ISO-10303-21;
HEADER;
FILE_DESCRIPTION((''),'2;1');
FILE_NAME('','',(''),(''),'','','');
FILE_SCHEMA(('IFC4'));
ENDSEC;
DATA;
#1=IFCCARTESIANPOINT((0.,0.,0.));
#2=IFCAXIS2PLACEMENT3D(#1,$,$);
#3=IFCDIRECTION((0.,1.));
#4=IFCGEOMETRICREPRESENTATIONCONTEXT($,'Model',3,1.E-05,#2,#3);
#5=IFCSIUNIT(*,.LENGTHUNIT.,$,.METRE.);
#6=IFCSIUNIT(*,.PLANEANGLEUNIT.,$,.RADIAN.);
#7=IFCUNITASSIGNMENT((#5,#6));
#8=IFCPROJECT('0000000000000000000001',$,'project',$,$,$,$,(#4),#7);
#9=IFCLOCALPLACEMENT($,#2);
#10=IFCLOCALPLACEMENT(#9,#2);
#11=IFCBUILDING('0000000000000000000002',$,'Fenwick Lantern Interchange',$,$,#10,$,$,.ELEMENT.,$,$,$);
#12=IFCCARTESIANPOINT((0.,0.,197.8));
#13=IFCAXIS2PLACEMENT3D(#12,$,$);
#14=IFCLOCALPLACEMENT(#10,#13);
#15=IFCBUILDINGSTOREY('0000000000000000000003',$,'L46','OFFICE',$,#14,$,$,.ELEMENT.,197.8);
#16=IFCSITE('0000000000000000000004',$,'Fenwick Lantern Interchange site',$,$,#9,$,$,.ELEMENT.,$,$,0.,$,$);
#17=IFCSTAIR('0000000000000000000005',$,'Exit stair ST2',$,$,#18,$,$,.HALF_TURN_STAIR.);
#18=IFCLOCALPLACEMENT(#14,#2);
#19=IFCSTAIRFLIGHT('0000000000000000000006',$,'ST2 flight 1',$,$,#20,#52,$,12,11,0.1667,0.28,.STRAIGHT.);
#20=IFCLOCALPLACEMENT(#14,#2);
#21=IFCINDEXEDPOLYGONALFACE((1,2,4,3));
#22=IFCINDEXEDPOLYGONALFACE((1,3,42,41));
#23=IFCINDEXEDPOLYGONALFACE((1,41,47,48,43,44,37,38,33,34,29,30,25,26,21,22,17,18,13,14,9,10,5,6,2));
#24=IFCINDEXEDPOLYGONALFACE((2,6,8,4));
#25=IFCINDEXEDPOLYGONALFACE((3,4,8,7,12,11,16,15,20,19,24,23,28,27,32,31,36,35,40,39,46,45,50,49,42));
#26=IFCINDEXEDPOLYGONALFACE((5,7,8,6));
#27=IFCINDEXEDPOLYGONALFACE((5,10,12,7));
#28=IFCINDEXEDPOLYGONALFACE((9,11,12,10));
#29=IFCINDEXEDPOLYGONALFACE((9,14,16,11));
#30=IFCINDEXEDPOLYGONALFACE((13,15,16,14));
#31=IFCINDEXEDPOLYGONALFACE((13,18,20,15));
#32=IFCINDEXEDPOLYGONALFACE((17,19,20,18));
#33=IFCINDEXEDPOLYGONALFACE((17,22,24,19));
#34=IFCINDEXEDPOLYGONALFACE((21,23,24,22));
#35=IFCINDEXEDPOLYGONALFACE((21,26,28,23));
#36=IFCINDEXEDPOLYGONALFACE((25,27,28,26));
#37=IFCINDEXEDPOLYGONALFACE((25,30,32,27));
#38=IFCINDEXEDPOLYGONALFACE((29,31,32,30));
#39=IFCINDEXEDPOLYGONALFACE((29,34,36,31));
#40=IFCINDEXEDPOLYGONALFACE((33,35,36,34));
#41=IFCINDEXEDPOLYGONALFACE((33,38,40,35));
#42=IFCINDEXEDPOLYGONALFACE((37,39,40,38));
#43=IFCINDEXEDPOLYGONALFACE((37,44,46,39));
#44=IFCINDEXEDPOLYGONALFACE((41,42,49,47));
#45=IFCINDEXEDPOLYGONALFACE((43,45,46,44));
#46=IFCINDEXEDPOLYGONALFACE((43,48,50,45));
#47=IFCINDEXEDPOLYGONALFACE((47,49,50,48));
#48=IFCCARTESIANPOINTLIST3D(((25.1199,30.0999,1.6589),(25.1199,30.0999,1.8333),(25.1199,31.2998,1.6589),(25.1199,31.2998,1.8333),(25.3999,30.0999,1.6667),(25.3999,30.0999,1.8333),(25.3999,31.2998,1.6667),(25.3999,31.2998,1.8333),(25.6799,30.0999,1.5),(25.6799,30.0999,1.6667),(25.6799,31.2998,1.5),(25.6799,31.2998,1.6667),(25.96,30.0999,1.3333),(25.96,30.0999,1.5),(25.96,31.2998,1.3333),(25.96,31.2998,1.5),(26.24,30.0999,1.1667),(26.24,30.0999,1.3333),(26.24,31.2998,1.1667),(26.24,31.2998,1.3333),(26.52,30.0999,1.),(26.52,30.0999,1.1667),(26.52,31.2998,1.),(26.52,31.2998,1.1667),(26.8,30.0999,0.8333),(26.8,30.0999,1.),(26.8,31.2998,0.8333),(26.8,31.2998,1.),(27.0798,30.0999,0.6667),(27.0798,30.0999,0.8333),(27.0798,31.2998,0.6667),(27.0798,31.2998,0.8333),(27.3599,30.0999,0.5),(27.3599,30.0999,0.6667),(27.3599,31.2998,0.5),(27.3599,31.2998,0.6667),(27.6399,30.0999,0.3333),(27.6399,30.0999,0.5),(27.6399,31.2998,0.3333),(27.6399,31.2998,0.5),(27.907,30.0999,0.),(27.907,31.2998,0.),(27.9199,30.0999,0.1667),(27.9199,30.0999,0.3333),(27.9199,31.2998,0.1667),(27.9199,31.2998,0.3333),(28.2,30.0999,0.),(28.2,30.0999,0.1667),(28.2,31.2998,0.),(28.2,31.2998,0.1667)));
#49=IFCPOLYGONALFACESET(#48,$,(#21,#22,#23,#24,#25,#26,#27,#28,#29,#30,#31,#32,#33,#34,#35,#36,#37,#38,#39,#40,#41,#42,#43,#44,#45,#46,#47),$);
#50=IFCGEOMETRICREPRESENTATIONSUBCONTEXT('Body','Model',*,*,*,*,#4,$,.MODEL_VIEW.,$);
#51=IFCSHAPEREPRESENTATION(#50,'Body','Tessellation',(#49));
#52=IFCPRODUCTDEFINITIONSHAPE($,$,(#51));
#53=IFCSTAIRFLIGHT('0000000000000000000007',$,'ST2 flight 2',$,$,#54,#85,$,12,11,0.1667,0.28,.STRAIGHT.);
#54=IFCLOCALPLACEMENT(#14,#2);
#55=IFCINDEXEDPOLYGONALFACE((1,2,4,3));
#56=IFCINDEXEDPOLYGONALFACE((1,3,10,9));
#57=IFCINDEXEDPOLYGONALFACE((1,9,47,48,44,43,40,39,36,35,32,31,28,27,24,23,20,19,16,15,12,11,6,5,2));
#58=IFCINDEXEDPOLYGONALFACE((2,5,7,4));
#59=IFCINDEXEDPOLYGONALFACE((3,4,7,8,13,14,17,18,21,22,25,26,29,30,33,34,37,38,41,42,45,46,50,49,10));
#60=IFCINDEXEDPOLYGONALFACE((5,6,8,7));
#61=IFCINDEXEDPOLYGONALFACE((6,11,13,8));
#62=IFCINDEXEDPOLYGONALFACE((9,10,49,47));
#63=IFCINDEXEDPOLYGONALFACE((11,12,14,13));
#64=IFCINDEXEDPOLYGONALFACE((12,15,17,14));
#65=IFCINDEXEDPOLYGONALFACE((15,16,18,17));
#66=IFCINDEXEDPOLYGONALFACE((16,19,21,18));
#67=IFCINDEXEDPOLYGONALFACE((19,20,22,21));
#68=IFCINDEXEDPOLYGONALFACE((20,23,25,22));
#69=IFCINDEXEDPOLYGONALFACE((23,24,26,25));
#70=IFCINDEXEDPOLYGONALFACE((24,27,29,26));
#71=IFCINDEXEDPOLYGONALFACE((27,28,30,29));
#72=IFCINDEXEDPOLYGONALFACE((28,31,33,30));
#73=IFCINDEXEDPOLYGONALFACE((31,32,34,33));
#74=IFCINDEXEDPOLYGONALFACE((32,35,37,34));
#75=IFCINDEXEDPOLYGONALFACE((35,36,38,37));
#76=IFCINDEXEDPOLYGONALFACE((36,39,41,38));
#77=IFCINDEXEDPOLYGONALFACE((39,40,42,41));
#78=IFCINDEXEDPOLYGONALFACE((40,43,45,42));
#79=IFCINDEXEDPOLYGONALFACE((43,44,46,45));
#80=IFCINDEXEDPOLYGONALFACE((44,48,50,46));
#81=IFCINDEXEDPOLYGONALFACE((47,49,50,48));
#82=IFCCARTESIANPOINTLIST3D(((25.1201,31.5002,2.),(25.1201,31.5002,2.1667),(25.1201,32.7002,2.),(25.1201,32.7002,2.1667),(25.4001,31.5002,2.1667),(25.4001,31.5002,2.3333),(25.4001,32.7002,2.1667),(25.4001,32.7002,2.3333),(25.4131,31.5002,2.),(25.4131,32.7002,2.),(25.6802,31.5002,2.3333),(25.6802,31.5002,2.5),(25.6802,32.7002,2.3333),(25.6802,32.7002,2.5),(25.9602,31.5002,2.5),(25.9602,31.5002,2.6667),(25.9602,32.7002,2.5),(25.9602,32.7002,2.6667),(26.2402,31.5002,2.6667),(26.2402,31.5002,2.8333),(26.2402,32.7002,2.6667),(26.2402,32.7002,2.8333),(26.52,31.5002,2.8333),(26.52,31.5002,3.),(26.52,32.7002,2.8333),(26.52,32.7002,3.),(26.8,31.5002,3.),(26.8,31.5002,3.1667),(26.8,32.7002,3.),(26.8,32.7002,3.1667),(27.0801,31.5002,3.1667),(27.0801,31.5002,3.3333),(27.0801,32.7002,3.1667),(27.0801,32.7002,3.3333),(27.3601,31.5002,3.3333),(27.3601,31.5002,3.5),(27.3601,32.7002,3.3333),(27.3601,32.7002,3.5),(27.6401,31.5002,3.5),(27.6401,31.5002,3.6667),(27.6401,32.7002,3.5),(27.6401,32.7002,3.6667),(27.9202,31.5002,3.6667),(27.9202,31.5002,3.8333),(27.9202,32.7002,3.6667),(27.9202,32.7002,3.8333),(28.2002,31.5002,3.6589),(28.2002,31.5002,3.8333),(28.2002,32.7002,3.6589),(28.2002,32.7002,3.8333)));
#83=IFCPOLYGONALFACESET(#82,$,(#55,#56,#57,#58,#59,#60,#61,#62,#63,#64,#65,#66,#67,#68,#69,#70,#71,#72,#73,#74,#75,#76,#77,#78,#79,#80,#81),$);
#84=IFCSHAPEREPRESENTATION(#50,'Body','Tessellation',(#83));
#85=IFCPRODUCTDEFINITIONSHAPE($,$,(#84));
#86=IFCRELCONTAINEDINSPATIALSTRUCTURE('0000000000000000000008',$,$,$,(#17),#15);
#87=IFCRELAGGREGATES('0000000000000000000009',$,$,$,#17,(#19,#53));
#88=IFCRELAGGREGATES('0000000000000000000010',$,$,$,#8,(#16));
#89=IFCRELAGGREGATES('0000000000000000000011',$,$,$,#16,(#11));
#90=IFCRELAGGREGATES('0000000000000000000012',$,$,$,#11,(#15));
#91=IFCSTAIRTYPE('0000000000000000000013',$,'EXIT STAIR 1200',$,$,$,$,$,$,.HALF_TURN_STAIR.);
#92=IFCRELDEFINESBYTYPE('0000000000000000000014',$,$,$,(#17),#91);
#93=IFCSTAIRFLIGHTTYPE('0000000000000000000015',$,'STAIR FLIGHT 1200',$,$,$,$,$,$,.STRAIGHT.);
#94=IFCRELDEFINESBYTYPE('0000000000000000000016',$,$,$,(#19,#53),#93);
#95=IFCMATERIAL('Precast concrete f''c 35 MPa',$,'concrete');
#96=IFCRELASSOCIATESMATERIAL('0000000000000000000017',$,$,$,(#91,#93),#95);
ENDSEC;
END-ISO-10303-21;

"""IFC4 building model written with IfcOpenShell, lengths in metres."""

from ifc_helpers import new_model, si_unit, direction, frame, origin, place, context, subcontext, project, spatial, polyline, outline, extrude, material, type_object, element, aggregate, save


model = new_model("IFC4")

# Units and contexts
model_context = context("Model", 3, precision=1e-05, world=origin(), true_north=direction((0.0, 1.0)))
body_context = subcontext(model_context, "Body", "Model", "MODEL_VIEW")
ifc_project = project(units=[si_unit("LENGTHUNIT", "METRE"), si_unit("PLANEANGLEUNIT", "RADIAN")], contexts=[model_context])

# Site, building, storey
site_placement = place(None, origin())
site = spatial("IfcSite", under=ifc_project, at=site_placement, Name="Fenwick Lantern Interchange site", CompositionType="ELEMENT", RefElevation=0.0)
building_placement = place(site_placement, origin())
building = spatial("IfcBuilding", under=site, at=building_placement, Name="Fenwick Lantern Interchange", CompositionType="ELEMENT")
storey_placement = place(building_placement, frame((0.0, 0.0, 197.8)))
storey = spatial("IfcBuildingStorey", under=building, at=storey_placement, Name="L46", Description="OFFICE", CompositionType="ELEMENT", Elevation=197.8)

# Stair, stair flights
ifc_material_1 = material(Name="Precast concrete f'c 35 MPa", Category="concrete")
stair_type = type_object("IfcStairType", Name="EXIT STAIR 1200", PredefinedType="HALF_TURN_STAIR", material=ifc_material_1)
stair_placement = place(storey_placement, origin())
stair = element("IfcStair", 1, at=stair_placement, inside=storey, type_object=stair_type, Name="Exit stair ST2", PredefinedType="HALF_TURN_STAIR")
stair_flight_type = type_object("IfcStairFlightType", Name="STAIR FLIGHT 1200", PredefinedType="STRAIGHT", material=ifc_material_1)
stair_flight_1_placement = place(storey_placement, frame((28.2, 30.7, 0.0), z_axis=(0.0, 0.0, 1.0), x_axis=(-1.0, 0.0, 0.0)))
stair_flight_1 = element("IfcStairFlight", 2, at=stair_flight_1_placement, type_object=stair_flight_type, Name="ST2 flight 1", NumberOfRisers=12, NumberOfTreads=11, PredefinedType="STRAIGHT", RiserHeight=0.1667, TreadLength=0.28, context=body_context, shape_type="SweptSolid", body=[
    extrude(outline(polyline([(0.0, 0.0), (0.0, 0.1667), (0.28, 0.1667), (0.28, 0.3333), (0.5601, 0.3333), (0.5601, 0.5), (0.8401, 0.5), (0.8401, 0.6667), (1.1201, 0.6667), (1.1201, 0.8333), (1.3999, 0.8333), (1.3999, 1.0), (1.6799, 1.0), (1.6799, 1.1667), (1.96, 1.1667), (1.96, 1.3333), (2.24, 1.3333), (2.24, 1.5), (2.52, 1.5), (2.52, 1.6667), (2.8, 1.6667), (2.8, 1.8333), (3.0801, 1.8333), (3.0801, 2.0), (3.0801, 1.6589), (0.293, 0.0), (0.0, 0.0)])), frame((0.0, 0.6001, 0.0), z_axis=(0.0, -1.0, 0.0), x_axis=(1.0, 0.0, 0.0)), (0.0, 0.0, 1.0), 1.2),
])
stair_flight_2_placement = place(storey_placement, frame((25.1201, 32.1001, 2.0), z_axis=(0.0, 0.0, 1.0), x_axis=(1.0, 0.0, 0.0)))
stair_flight_2 = element("IfcStairFlight", 3, at=stair_flight_2_placement, type_object=stair_flight_type, Name="ST2 flight 2", NumberOfRisers=12, NumberOfTreads=11, PredefinedType="STRAIGHT", RiserHeight=0.1667, TreadLength=0.28, context=body_context, shape_type="SweptSolid", body=[
    extrude(outline(polyline([(0.0, 0.0), (0.0, 0.1667), (0.28, 0.1667), (0.28, 0.3333), (0.5601, 0.3333), (0.5601, 0.5), (0.8401, 0.5), (0.8401, 0.6667), (1.1201, 0.6667), (1.1201, 0.8333), (1.3999, 0.8333), (1.3999, 1.0), (1.6799, 1.0), (1.6799, 1.1667), (1.96, 1.1667), (1.96, 1.3333), (2.24, 1.3333), (2.24, 1.5), (2.52, 1.5), (2.52, 1.6667), (2.8, 1.6667), (2.8, 1.8333), (3.0801, 1.8333), (3.0801, 2.0), (3.0801, 1.6589), (0.293, 0.0), (0.0, 0.0)])), frame((0.0, 0.6001, 0.0), z_axis=(0.0, -1.0, 0.0), x_axis=(1.0, 0.0, 0.0)), (0.0, 0.0, 1.0), 1.2),
])
aggregate(stair, [stair_flight_1, stair_flight_2])

save(model, "model.ifc")
